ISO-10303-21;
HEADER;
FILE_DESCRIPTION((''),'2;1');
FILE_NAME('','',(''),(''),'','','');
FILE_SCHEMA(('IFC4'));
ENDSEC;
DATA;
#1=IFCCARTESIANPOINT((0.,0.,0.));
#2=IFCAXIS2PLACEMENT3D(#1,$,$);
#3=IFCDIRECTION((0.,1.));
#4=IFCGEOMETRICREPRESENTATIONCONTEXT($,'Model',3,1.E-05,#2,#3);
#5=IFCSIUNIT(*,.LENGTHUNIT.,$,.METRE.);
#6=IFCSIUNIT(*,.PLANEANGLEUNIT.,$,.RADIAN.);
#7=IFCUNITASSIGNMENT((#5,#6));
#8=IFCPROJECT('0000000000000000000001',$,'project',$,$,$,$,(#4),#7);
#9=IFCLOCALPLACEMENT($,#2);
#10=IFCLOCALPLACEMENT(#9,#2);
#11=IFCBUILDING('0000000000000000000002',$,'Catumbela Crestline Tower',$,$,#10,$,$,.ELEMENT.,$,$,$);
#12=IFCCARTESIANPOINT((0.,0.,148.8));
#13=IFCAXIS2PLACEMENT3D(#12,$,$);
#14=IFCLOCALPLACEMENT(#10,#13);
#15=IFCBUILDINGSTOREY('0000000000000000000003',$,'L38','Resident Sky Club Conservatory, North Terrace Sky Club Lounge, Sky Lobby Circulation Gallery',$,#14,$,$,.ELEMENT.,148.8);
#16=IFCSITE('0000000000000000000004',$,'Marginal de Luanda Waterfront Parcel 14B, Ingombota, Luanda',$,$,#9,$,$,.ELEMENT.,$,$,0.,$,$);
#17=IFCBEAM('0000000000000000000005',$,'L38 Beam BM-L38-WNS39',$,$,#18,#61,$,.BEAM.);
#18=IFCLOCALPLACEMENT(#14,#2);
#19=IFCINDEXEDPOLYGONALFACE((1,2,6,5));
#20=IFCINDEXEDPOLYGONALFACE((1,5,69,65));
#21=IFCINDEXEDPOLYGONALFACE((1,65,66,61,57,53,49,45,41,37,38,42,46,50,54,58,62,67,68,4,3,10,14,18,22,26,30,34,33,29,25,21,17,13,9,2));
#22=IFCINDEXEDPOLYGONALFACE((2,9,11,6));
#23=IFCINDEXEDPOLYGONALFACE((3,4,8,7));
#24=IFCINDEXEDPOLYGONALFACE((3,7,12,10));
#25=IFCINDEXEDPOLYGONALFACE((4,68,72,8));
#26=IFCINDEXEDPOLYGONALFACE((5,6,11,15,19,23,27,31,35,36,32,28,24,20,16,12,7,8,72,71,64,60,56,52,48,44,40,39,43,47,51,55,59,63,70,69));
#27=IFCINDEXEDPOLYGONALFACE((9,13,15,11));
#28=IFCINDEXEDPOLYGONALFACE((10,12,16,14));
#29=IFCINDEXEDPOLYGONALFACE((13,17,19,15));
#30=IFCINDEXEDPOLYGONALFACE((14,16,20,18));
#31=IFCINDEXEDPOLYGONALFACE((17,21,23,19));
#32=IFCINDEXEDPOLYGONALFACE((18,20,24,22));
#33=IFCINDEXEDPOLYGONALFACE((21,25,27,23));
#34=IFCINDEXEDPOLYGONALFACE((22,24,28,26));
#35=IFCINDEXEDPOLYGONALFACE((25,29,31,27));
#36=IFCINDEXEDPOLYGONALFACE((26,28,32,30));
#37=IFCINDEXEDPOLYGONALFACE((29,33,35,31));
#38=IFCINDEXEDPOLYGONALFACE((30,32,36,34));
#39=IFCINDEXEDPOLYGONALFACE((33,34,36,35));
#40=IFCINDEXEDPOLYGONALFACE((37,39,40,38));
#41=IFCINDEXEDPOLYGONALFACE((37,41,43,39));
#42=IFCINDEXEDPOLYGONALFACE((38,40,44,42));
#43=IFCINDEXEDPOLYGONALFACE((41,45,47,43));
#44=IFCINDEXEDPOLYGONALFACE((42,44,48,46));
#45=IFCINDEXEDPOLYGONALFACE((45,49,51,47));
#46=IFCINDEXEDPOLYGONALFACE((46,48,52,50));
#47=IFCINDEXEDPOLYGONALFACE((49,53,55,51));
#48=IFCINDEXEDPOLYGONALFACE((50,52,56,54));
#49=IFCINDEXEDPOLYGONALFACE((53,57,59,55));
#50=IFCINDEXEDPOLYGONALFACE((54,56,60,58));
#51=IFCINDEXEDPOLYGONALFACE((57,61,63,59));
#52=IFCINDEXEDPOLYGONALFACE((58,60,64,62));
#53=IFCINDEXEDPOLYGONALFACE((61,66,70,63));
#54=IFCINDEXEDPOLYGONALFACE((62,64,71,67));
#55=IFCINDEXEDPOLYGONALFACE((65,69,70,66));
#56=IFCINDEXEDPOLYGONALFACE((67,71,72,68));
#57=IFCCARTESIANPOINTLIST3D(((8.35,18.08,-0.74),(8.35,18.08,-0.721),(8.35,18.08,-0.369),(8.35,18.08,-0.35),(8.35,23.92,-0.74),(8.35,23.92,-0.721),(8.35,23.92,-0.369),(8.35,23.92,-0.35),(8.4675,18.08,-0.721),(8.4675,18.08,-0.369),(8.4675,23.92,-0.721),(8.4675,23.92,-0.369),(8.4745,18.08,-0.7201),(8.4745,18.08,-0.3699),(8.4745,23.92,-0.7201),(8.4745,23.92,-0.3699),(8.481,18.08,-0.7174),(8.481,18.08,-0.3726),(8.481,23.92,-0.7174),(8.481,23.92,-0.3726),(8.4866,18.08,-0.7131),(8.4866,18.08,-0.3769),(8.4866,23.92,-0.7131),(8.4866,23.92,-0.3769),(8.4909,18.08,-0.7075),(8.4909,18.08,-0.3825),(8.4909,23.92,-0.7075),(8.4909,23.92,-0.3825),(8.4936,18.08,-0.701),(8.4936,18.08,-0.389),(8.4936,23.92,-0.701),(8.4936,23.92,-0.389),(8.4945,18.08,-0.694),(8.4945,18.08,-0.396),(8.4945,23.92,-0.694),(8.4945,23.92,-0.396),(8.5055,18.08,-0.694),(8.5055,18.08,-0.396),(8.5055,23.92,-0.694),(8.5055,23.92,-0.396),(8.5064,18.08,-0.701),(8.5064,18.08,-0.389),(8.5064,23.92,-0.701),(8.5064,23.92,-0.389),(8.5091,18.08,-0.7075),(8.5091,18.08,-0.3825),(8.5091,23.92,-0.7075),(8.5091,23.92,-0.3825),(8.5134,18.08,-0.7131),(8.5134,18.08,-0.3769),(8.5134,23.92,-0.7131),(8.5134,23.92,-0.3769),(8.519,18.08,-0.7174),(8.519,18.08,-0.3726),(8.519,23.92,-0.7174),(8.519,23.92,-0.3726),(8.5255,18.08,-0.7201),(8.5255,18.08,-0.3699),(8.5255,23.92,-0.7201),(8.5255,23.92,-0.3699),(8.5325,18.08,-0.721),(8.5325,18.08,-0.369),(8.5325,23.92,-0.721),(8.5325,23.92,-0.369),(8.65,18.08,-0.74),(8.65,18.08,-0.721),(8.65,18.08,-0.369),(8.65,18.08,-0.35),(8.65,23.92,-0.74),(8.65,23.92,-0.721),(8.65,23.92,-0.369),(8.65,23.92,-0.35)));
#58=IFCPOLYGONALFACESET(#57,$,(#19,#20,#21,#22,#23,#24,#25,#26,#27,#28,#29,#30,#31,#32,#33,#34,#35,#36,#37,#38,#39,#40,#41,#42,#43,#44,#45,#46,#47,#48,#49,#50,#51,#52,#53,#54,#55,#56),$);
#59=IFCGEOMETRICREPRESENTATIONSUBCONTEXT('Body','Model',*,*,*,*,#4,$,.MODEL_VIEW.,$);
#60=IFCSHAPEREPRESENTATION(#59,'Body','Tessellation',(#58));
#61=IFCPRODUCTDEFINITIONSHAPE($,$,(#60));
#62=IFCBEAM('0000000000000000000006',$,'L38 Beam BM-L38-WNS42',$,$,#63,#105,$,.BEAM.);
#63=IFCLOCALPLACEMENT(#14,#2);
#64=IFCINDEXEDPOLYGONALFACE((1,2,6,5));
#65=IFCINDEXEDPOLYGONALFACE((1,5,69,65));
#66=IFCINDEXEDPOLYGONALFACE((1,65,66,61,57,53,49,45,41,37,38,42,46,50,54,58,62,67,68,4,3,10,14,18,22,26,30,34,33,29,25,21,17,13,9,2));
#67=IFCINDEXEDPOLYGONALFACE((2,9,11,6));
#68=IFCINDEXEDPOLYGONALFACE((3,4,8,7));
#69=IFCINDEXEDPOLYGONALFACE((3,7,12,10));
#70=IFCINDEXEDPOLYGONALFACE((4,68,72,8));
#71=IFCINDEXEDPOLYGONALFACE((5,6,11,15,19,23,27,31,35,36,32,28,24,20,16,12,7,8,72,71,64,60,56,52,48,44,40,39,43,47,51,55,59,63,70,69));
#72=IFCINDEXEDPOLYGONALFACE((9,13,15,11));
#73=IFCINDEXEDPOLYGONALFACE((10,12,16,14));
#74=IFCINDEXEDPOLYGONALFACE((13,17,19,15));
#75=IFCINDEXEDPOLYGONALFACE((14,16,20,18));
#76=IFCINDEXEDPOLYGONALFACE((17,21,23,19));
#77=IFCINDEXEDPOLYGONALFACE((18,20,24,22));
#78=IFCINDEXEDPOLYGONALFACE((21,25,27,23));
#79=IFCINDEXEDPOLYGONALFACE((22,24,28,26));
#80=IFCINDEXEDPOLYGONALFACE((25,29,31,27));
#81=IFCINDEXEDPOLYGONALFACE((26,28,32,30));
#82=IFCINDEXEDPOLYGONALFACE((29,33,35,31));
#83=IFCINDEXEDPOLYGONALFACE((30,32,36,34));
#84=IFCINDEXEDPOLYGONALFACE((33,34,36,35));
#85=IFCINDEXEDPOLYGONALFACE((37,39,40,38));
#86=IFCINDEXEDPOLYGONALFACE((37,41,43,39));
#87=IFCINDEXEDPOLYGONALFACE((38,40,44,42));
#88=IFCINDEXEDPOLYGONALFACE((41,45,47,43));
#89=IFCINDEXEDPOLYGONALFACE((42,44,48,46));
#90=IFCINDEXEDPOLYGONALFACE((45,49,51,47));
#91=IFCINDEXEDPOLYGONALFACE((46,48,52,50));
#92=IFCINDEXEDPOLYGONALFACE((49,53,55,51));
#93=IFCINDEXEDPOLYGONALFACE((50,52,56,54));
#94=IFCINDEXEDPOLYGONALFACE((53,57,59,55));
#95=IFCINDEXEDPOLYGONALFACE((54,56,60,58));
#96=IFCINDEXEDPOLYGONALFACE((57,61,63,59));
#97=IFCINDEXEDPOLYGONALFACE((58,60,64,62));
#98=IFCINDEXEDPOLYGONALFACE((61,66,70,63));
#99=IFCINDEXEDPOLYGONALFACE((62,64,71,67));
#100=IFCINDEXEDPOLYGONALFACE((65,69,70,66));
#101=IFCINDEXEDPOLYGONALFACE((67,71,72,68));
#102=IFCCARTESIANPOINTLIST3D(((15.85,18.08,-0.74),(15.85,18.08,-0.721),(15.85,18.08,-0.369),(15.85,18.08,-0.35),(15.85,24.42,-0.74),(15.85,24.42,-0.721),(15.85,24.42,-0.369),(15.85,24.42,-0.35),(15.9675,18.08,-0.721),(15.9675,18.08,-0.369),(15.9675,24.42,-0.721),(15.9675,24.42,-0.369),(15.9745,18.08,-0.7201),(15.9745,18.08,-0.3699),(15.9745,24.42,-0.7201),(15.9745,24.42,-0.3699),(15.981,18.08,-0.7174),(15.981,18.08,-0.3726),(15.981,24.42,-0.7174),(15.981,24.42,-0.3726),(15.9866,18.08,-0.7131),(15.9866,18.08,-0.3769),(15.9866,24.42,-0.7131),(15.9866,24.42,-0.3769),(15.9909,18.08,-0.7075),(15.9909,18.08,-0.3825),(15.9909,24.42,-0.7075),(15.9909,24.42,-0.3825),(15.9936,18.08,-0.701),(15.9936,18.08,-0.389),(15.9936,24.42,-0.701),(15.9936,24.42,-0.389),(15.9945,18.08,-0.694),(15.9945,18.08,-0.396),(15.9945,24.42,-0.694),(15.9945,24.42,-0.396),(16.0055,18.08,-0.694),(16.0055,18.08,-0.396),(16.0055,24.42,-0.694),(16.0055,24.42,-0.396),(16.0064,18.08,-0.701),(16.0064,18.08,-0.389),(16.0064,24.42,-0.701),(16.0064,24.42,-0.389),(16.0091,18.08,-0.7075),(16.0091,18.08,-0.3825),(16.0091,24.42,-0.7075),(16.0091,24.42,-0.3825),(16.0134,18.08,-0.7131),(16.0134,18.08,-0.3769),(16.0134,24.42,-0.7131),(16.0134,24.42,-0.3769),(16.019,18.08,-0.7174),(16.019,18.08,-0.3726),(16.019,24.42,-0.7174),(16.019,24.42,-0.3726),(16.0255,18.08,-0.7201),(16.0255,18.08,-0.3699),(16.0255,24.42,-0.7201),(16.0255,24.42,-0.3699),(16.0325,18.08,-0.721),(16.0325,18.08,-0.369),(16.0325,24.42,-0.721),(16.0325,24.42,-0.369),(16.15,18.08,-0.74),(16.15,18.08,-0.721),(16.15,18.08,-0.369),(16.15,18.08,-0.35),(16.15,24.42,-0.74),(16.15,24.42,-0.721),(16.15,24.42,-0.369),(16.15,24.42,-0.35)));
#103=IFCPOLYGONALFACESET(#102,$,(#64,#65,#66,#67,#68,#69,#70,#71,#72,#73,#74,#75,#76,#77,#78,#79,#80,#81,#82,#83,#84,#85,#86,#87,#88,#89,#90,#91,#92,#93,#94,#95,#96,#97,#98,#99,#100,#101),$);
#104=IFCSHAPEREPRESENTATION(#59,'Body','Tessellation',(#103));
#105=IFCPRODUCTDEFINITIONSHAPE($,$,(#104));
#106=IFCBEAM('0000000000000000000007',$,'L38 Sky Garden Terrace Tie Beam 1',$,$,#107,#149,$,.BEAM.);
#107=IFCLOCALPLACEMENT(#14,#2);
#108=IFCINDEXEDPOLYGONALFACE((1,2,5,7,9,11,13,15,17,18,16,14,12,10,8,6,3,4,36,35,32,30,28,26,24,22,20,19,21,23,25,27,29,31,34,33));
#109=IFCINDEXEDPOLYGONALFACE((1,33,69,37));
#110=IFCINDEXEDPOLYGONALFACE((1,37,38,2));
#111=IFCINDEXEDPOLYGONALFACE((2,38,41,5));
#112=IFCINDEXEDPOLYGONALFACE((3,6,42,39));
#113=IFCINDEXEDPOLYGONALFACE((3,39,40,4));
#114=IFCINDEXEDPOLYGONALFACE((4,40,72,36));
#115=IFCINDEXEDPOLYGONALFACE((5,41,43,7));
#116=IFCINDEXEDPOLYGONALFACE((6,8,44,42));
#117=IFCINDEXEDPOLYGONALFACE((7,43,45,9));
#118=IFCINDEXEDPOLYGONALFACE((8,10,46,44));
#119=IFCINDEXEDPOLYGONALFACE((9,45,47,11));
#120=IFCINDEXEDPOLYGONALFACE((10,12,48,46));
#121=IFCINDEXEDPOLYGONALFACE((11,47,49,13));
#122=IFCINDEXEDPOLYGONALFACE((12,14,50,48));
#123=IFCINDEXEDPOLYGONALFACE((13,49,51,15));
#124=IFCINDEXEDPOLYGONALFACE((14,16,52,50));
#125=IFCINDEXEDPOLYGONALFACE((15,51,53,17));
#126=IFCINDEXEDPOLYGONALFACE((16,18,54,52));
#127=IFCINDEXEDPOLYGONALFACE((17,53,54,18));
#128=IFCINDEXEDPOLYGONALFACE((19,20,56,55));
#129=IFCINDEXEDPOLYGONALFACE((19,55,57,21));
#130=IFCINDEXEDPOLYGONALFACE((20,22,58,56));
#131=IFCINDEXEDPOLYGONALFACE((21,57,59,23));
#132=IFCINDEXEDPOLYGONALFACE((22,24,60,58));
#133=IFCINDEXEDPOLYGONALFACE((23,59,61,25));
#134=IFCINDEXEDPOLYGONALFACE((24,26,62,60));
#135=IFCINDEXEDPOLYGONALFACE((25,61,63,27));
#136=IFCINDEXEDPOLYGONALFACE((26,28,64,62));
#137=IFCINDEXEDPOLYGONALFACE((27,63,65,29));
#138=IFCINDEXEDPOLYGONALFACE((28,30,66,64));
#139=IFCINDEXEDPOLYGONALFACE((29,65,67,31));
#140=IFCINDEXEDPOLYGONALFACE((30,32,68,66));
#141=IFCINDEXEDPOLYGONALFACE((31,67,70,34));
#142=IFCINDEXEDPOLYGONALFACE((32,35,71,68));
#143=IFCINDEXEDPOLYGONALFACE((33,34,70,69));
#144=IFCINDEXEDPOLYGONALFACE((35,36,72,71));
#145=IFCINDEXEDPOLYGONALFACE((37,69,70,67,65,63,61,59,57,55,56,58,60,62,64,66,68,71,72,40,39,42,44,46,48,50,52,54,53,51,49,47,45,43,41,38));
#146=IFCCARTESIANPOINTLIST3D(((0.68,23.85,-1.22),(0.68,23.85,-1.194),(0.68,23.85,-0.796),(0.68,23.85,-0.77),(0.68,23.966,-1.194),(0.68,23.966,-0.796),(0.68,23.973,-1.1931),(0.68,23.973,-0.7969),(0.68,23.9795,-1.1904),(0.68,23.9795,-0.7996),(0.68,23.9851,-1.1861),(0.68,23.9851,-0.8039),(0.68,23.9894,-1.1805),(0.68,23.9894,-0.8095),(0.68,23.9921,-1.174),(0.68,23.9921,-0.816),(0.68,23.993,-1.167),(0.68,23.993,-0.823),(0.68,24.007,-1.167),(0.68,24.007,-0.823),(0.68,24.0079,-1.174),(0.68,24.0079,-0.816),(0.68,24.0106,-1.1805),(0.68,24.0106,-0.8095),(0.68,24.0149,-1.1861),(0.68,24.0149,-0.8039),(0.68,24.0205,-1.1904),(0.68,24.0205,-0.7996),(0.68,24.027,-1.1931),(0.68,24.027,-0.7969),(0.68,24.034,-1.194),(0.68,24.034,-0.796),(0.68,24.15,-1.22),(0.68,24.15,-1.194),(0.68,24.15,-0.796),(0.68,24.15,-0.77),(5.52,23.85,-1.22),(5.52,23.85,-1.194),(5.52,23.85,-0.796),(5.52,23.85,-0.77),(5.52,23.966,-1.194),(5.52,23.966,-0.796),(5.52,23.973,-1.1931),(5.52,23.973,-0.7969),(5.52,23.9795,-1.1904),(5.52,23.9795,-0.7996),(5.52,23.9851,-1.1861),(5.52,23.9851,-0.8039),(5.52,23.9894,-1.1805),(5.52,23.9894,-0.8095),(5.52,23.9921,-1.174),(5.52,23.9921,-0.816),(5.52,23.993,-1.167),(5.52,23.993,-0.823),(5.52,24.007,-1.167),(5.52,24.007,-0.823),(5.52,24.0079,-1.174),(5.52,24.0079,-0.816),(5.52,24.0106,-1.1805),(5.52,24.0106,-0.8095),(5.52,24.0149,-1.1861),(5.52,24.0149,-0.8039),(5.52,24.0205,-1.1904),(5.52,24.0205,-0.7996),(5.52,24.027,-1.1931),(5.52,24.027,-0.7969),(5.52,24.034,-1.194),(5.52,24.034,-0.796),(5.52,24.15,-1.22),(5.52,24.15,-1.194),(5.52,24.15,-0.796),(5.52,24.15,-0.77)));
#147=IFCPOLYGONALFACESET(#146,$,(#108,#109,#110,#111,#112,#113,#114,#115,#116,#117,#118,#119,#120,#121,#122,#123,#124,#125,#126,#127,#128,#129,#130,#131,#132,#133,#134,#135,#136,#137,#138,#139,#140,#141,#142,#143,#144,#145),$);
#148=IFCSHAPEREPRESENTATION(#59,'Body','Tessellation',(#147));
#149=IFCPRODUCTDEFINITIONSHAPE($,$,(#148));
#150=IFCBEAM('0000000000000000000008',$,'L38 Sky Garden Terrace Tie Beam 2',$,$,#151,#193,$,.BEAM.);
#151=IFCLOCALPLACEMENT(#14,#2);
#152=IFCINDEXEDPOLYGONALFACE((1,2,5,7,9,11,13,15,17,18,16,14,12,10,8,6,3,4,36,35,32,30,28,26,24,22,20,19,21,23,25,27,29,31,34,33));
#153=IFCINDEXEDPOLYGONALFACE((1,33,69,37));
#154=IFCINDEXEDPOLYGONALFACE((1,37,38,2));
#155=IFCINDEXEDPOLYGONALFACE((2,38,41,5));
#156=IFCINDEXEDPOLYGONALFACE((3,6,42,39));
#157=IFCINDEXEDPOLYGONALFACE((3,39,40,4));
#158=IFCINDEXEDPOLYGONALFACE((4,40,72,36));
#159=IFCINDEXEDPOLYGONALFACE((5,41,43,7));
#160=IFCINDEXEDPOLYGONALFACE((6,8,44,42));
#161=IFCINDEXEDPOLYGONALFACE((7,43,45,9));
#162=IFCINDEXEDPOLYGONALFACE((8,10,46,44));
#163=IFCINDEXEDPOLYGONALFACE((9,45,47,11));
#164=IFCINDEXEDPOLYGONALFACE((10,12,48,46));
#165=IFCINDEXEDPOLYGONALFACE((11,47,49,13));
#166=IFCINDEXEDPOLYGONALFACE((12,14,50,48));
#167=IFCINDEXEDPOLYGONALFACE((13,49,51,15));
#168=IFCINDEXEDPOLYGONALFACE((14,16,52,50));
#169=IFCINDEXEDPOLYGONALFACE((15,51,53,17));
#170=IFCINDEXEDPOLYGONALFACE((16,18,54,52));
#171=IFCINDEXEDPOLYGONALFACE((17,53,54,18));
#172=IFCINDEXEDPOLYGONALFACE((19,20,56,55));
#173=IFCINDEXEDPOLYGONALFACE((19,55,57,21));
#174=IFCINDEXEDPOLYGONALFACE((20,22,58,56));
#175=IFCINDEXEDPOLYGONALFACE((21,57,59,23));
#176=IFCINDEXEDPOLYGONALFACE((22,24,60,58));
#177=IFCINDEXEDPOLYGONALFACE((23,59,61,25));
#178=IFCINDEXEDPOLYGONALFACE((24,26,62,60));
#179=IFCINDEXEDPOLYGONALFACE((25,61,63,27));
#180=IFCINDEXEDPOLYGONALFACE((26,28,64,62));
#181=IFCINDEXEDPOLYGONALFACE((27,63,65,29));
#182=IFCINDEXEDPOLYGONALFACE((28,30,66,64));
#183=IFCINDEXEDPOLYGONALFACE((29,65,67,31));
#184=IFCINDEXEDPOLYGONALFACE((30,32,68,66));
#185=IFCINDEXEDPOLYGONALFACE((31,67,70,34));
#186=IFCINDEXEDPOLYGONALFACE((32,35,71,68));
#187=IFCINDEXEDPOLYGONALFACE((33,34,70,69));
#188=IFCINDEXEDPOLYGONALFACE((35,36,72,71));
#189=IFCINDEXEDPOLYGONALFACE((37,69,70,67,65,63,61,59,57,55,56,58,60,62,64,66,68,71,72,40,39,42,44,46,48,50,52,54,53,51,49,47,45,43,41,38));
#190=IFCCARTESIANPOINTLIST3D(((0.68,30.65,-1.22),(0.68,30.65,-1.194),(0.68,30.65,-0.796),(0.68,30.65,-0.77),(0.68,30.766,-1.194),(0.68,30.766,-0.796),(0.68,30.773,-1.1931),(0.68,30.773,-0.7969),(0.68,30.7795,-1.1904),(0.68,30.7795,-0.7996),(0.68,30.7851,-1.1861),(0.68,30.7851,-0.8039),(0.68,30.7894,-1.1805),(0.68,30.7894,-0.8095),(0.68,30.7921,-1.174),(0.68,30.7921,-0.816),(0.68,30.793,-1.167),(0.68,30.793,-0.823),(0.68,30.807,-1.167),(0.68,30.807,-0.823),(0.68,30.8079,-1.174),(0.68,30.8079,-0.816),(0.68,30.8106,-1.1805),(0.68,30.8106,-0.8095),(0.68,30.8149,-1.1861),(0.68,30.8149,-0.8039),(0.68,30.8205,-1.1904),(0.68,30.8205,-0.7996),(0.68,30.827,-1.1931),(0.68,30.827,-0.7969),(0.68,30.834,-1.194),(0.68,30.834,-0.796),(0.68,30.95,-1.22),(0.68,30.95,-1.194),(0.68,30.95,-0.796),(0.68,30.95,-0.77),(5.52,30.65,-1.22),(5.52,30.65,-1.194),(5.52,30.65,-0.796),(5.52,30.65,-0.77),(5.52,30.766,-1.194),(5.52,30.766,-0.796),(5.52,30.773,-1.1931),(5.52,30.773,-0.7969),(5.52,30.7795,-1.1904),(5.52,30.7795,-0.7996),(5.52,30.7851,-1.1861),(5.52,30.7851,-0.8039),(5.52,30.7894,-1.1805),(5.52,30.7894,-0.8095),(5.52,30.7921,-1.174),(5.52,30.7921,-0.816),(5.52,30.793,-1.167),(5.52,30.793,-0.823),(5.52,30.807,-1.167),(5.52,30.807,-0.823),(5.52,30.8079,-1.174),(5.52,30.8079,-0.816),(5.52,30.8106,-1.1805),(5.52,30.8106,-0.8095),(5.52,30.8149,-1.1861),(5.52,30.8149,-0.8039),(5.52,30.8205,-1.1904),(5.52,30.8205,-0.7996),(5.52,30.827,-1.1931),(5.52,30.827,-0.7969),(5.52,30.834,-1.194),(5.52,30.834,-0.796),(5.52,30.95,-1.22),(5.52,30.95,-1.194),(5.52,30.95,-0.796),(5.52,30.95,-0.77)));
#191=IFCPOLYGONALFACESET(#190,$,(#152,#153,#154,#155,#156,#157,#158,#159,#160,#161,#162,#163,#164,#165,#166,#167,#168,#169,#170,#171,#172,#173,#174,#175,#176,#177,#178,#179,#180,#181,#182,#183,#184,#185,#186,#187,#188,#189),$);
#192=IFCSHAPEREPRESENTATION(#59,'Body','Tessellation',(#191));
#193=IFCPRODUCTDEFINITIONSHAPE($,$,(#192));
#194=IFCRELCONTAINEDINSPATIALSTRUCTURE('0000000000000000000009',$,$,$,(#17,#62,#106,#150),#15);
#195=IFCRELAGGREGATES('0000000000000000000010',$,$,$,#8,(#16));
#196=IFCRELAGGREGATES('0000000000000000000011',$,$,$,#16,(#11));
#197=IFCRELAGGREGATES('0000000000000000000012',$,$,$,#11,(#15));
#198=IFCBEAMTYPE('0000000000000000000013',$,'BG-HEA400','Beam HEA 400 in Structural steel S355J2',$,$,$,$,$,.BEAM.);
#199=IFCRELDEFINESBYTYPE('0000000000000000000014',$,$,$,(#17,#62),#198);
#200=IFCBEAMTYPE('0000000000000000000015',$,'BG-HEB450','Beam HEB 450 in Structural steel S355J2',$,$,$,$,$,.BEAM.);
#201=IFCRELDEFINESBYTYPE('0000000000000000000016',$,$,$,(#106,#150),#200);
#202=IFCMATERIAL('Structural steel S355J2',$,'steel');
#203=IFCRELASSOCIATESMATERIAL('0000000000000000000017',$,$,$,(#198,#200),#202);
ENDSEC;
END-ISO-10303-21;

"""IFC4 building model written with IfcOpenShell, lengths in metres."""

from ifc_helpers import new_model, si_unit, direction, frame, origin, origin_2d, place, context, subcontext, project, spatial, i_section, extrude, material, material_profile, profile_set, type_object, element, save


model = new_model("IFC4")

# Units and contexts
model_context = context("Model", 3, precision=1e-05, world=origin(), true_north=direction((0.0, 1.0)))
body_context = subcontext(model_context, "Body", "Model", "MODEL_VIEW")
ifc_project = project(units=[si_unit("LENGTHUNIT", "METRE"), si_unit("PLANEANGLEUNIT", "RADIAN")], contexts=[model_context])

# Site, building, storey
site_placement = place(None, origin())
site = spatial("IfcSite", under=ifc_project, at=site_placement, Name="Marginal de Luanda Waterfront Parcel 14B, Ingombota, Luanda", CompositionType="ELEMENT", RefElevation=0.0)
building_placement = place(site_placement, origin())
building = spatial("IfcBuilding", under=site, at=building_placement, Name="Catumbela Crestline Tower", CompositionType="ELEMENT")
storey_placement = place(building_placement, frame((0.0, 0.0, 148.8)))
storey = spatial("IfcBuildingStorey", under=building, at=storey_placement, Name="L38", Description="Resident Sky Club Conservatory, North Terrace Sky Club Lounge, Sky Lobby Circulation Gallery", CompositionType="ELEMENT", Elevation=148.8)

# Beams
ifc_material_1 = material(Name="Structural steel S355J2", Category="steel")
ifc_material_profile_1 = material_profile(ifc_material_1, i_section(OverallWidth=0.3, OverallDepth=0.39, WebThickness=0.011, FlangeThickness=0.019, FilletRadius=0.027, at=origin_2d()), Name="HEA 400")
ifc_profile_set_1 = profile_set([ifc_material_profile_1], Name="Structural steel S355J2")
beam_type_1 = type_object("IfcBeamType", Name="BG-HEA400", Description="Beam HEA 400 in Structural steel S355J2", PredefinedType="BEAM", material=ifc_profile_set_1)
beam_1_placement = place(storey_placement, frame((8.5, 18.08, -0.545), z_axis=(0.0, 1.0, 0.0), x_axis=(-1.0, 0.0, 0.0)))
element("IfcBeam", 1, at=beam_1_placement, inside=storey, type_object=beam_type_1, Name="L38 Beam BM-L38-WNS39", PredefinedType="BEAM", context=body_context, shape_type="SweptSolid", body=[
    extrude(i_section(OverallWidth=0.3, OverallDepth=0.39, WebThickness=0.011, FlangeThickness=0.019, FilletRadius=0.027, at=origin_2d()), origin(), (0.0, 0.0, 1.0), 5.84),
])
beam_2_placement = place(storey_placement, frame((16.0, 18.08, -0.545), z_axis=(0.0, 1.0, 0.0), x_axis=(-1.0, 0.0, 0.0)))
element("IfcBeam", 2, at=beam_2_placement, inside=storey, type_object=beam_type_1, Name="L38 Beam BM-L38-WNS42", PredefinedType="BEAM", context=body_context, shape_type="SweptSolid", body=[
    extrude(i_section(OverallWidth=0.3, OverallDepth=0.39, WebThickness=0.011, FlangeThickness=0.019, FilletRadius=0.027, at=origin_2d()), origin(), (0.0, 0.0, 1.0), 6.34),
])
ifc_material_profile_2 = material_profile(ifc_material_1, i_section(OverallWidth=0.3, OverallDepth=0.45, WebThickness=0.014, FlangeThickness=0.026, FilletRadius=0.027, at=origin_2d()), Name="HEB 450")
ifc_profile_set_2 = profile_set([ifc_material_profile_2], Name="Structural steel S355J2")
beam_type_2 = type_object("IfcBeamType", Name="BG-HEB450", Description="Beam HEB 450 in Structural steel S355J2", PredefinedType="BEAM", material=ifc_profile_set_2)
for number, where, z_axis, x_axis, name in (
    (3, (0.68, 24.0, -0.995), (1.0, 0.0, 0.0), (0.0, 1.0, 0.0), "L38 Sky Garden Terrace Tie Beam 1"),
    (4, (0.68, 30.8, -0.995), (1.0, 0.0, 0.0), (0.0, 1.0, 0.0), "L38 Sky Garden Terrace Tie Beam 2"),
):
    element("IfcBeam", number, at=place(storey_placement, frame(where, z_axis=z_axis, x_axis=x_axis)), inside=storey, type_object=beam_type_2, Name=name, PredefinedType="BEAM", context=body_context, shape_type="SweptSolid", body=[
        extrude(i_section(OverallWidth=0.3, OverallDepth=0.45, WebThickness=0.014, FlangeThickness=0.026, FilletRadius=0.027, at=origin_2d()), origin(), (0.0, 0.0, 1.0), 4.84),
    ])

save(model, "model.ifc")
